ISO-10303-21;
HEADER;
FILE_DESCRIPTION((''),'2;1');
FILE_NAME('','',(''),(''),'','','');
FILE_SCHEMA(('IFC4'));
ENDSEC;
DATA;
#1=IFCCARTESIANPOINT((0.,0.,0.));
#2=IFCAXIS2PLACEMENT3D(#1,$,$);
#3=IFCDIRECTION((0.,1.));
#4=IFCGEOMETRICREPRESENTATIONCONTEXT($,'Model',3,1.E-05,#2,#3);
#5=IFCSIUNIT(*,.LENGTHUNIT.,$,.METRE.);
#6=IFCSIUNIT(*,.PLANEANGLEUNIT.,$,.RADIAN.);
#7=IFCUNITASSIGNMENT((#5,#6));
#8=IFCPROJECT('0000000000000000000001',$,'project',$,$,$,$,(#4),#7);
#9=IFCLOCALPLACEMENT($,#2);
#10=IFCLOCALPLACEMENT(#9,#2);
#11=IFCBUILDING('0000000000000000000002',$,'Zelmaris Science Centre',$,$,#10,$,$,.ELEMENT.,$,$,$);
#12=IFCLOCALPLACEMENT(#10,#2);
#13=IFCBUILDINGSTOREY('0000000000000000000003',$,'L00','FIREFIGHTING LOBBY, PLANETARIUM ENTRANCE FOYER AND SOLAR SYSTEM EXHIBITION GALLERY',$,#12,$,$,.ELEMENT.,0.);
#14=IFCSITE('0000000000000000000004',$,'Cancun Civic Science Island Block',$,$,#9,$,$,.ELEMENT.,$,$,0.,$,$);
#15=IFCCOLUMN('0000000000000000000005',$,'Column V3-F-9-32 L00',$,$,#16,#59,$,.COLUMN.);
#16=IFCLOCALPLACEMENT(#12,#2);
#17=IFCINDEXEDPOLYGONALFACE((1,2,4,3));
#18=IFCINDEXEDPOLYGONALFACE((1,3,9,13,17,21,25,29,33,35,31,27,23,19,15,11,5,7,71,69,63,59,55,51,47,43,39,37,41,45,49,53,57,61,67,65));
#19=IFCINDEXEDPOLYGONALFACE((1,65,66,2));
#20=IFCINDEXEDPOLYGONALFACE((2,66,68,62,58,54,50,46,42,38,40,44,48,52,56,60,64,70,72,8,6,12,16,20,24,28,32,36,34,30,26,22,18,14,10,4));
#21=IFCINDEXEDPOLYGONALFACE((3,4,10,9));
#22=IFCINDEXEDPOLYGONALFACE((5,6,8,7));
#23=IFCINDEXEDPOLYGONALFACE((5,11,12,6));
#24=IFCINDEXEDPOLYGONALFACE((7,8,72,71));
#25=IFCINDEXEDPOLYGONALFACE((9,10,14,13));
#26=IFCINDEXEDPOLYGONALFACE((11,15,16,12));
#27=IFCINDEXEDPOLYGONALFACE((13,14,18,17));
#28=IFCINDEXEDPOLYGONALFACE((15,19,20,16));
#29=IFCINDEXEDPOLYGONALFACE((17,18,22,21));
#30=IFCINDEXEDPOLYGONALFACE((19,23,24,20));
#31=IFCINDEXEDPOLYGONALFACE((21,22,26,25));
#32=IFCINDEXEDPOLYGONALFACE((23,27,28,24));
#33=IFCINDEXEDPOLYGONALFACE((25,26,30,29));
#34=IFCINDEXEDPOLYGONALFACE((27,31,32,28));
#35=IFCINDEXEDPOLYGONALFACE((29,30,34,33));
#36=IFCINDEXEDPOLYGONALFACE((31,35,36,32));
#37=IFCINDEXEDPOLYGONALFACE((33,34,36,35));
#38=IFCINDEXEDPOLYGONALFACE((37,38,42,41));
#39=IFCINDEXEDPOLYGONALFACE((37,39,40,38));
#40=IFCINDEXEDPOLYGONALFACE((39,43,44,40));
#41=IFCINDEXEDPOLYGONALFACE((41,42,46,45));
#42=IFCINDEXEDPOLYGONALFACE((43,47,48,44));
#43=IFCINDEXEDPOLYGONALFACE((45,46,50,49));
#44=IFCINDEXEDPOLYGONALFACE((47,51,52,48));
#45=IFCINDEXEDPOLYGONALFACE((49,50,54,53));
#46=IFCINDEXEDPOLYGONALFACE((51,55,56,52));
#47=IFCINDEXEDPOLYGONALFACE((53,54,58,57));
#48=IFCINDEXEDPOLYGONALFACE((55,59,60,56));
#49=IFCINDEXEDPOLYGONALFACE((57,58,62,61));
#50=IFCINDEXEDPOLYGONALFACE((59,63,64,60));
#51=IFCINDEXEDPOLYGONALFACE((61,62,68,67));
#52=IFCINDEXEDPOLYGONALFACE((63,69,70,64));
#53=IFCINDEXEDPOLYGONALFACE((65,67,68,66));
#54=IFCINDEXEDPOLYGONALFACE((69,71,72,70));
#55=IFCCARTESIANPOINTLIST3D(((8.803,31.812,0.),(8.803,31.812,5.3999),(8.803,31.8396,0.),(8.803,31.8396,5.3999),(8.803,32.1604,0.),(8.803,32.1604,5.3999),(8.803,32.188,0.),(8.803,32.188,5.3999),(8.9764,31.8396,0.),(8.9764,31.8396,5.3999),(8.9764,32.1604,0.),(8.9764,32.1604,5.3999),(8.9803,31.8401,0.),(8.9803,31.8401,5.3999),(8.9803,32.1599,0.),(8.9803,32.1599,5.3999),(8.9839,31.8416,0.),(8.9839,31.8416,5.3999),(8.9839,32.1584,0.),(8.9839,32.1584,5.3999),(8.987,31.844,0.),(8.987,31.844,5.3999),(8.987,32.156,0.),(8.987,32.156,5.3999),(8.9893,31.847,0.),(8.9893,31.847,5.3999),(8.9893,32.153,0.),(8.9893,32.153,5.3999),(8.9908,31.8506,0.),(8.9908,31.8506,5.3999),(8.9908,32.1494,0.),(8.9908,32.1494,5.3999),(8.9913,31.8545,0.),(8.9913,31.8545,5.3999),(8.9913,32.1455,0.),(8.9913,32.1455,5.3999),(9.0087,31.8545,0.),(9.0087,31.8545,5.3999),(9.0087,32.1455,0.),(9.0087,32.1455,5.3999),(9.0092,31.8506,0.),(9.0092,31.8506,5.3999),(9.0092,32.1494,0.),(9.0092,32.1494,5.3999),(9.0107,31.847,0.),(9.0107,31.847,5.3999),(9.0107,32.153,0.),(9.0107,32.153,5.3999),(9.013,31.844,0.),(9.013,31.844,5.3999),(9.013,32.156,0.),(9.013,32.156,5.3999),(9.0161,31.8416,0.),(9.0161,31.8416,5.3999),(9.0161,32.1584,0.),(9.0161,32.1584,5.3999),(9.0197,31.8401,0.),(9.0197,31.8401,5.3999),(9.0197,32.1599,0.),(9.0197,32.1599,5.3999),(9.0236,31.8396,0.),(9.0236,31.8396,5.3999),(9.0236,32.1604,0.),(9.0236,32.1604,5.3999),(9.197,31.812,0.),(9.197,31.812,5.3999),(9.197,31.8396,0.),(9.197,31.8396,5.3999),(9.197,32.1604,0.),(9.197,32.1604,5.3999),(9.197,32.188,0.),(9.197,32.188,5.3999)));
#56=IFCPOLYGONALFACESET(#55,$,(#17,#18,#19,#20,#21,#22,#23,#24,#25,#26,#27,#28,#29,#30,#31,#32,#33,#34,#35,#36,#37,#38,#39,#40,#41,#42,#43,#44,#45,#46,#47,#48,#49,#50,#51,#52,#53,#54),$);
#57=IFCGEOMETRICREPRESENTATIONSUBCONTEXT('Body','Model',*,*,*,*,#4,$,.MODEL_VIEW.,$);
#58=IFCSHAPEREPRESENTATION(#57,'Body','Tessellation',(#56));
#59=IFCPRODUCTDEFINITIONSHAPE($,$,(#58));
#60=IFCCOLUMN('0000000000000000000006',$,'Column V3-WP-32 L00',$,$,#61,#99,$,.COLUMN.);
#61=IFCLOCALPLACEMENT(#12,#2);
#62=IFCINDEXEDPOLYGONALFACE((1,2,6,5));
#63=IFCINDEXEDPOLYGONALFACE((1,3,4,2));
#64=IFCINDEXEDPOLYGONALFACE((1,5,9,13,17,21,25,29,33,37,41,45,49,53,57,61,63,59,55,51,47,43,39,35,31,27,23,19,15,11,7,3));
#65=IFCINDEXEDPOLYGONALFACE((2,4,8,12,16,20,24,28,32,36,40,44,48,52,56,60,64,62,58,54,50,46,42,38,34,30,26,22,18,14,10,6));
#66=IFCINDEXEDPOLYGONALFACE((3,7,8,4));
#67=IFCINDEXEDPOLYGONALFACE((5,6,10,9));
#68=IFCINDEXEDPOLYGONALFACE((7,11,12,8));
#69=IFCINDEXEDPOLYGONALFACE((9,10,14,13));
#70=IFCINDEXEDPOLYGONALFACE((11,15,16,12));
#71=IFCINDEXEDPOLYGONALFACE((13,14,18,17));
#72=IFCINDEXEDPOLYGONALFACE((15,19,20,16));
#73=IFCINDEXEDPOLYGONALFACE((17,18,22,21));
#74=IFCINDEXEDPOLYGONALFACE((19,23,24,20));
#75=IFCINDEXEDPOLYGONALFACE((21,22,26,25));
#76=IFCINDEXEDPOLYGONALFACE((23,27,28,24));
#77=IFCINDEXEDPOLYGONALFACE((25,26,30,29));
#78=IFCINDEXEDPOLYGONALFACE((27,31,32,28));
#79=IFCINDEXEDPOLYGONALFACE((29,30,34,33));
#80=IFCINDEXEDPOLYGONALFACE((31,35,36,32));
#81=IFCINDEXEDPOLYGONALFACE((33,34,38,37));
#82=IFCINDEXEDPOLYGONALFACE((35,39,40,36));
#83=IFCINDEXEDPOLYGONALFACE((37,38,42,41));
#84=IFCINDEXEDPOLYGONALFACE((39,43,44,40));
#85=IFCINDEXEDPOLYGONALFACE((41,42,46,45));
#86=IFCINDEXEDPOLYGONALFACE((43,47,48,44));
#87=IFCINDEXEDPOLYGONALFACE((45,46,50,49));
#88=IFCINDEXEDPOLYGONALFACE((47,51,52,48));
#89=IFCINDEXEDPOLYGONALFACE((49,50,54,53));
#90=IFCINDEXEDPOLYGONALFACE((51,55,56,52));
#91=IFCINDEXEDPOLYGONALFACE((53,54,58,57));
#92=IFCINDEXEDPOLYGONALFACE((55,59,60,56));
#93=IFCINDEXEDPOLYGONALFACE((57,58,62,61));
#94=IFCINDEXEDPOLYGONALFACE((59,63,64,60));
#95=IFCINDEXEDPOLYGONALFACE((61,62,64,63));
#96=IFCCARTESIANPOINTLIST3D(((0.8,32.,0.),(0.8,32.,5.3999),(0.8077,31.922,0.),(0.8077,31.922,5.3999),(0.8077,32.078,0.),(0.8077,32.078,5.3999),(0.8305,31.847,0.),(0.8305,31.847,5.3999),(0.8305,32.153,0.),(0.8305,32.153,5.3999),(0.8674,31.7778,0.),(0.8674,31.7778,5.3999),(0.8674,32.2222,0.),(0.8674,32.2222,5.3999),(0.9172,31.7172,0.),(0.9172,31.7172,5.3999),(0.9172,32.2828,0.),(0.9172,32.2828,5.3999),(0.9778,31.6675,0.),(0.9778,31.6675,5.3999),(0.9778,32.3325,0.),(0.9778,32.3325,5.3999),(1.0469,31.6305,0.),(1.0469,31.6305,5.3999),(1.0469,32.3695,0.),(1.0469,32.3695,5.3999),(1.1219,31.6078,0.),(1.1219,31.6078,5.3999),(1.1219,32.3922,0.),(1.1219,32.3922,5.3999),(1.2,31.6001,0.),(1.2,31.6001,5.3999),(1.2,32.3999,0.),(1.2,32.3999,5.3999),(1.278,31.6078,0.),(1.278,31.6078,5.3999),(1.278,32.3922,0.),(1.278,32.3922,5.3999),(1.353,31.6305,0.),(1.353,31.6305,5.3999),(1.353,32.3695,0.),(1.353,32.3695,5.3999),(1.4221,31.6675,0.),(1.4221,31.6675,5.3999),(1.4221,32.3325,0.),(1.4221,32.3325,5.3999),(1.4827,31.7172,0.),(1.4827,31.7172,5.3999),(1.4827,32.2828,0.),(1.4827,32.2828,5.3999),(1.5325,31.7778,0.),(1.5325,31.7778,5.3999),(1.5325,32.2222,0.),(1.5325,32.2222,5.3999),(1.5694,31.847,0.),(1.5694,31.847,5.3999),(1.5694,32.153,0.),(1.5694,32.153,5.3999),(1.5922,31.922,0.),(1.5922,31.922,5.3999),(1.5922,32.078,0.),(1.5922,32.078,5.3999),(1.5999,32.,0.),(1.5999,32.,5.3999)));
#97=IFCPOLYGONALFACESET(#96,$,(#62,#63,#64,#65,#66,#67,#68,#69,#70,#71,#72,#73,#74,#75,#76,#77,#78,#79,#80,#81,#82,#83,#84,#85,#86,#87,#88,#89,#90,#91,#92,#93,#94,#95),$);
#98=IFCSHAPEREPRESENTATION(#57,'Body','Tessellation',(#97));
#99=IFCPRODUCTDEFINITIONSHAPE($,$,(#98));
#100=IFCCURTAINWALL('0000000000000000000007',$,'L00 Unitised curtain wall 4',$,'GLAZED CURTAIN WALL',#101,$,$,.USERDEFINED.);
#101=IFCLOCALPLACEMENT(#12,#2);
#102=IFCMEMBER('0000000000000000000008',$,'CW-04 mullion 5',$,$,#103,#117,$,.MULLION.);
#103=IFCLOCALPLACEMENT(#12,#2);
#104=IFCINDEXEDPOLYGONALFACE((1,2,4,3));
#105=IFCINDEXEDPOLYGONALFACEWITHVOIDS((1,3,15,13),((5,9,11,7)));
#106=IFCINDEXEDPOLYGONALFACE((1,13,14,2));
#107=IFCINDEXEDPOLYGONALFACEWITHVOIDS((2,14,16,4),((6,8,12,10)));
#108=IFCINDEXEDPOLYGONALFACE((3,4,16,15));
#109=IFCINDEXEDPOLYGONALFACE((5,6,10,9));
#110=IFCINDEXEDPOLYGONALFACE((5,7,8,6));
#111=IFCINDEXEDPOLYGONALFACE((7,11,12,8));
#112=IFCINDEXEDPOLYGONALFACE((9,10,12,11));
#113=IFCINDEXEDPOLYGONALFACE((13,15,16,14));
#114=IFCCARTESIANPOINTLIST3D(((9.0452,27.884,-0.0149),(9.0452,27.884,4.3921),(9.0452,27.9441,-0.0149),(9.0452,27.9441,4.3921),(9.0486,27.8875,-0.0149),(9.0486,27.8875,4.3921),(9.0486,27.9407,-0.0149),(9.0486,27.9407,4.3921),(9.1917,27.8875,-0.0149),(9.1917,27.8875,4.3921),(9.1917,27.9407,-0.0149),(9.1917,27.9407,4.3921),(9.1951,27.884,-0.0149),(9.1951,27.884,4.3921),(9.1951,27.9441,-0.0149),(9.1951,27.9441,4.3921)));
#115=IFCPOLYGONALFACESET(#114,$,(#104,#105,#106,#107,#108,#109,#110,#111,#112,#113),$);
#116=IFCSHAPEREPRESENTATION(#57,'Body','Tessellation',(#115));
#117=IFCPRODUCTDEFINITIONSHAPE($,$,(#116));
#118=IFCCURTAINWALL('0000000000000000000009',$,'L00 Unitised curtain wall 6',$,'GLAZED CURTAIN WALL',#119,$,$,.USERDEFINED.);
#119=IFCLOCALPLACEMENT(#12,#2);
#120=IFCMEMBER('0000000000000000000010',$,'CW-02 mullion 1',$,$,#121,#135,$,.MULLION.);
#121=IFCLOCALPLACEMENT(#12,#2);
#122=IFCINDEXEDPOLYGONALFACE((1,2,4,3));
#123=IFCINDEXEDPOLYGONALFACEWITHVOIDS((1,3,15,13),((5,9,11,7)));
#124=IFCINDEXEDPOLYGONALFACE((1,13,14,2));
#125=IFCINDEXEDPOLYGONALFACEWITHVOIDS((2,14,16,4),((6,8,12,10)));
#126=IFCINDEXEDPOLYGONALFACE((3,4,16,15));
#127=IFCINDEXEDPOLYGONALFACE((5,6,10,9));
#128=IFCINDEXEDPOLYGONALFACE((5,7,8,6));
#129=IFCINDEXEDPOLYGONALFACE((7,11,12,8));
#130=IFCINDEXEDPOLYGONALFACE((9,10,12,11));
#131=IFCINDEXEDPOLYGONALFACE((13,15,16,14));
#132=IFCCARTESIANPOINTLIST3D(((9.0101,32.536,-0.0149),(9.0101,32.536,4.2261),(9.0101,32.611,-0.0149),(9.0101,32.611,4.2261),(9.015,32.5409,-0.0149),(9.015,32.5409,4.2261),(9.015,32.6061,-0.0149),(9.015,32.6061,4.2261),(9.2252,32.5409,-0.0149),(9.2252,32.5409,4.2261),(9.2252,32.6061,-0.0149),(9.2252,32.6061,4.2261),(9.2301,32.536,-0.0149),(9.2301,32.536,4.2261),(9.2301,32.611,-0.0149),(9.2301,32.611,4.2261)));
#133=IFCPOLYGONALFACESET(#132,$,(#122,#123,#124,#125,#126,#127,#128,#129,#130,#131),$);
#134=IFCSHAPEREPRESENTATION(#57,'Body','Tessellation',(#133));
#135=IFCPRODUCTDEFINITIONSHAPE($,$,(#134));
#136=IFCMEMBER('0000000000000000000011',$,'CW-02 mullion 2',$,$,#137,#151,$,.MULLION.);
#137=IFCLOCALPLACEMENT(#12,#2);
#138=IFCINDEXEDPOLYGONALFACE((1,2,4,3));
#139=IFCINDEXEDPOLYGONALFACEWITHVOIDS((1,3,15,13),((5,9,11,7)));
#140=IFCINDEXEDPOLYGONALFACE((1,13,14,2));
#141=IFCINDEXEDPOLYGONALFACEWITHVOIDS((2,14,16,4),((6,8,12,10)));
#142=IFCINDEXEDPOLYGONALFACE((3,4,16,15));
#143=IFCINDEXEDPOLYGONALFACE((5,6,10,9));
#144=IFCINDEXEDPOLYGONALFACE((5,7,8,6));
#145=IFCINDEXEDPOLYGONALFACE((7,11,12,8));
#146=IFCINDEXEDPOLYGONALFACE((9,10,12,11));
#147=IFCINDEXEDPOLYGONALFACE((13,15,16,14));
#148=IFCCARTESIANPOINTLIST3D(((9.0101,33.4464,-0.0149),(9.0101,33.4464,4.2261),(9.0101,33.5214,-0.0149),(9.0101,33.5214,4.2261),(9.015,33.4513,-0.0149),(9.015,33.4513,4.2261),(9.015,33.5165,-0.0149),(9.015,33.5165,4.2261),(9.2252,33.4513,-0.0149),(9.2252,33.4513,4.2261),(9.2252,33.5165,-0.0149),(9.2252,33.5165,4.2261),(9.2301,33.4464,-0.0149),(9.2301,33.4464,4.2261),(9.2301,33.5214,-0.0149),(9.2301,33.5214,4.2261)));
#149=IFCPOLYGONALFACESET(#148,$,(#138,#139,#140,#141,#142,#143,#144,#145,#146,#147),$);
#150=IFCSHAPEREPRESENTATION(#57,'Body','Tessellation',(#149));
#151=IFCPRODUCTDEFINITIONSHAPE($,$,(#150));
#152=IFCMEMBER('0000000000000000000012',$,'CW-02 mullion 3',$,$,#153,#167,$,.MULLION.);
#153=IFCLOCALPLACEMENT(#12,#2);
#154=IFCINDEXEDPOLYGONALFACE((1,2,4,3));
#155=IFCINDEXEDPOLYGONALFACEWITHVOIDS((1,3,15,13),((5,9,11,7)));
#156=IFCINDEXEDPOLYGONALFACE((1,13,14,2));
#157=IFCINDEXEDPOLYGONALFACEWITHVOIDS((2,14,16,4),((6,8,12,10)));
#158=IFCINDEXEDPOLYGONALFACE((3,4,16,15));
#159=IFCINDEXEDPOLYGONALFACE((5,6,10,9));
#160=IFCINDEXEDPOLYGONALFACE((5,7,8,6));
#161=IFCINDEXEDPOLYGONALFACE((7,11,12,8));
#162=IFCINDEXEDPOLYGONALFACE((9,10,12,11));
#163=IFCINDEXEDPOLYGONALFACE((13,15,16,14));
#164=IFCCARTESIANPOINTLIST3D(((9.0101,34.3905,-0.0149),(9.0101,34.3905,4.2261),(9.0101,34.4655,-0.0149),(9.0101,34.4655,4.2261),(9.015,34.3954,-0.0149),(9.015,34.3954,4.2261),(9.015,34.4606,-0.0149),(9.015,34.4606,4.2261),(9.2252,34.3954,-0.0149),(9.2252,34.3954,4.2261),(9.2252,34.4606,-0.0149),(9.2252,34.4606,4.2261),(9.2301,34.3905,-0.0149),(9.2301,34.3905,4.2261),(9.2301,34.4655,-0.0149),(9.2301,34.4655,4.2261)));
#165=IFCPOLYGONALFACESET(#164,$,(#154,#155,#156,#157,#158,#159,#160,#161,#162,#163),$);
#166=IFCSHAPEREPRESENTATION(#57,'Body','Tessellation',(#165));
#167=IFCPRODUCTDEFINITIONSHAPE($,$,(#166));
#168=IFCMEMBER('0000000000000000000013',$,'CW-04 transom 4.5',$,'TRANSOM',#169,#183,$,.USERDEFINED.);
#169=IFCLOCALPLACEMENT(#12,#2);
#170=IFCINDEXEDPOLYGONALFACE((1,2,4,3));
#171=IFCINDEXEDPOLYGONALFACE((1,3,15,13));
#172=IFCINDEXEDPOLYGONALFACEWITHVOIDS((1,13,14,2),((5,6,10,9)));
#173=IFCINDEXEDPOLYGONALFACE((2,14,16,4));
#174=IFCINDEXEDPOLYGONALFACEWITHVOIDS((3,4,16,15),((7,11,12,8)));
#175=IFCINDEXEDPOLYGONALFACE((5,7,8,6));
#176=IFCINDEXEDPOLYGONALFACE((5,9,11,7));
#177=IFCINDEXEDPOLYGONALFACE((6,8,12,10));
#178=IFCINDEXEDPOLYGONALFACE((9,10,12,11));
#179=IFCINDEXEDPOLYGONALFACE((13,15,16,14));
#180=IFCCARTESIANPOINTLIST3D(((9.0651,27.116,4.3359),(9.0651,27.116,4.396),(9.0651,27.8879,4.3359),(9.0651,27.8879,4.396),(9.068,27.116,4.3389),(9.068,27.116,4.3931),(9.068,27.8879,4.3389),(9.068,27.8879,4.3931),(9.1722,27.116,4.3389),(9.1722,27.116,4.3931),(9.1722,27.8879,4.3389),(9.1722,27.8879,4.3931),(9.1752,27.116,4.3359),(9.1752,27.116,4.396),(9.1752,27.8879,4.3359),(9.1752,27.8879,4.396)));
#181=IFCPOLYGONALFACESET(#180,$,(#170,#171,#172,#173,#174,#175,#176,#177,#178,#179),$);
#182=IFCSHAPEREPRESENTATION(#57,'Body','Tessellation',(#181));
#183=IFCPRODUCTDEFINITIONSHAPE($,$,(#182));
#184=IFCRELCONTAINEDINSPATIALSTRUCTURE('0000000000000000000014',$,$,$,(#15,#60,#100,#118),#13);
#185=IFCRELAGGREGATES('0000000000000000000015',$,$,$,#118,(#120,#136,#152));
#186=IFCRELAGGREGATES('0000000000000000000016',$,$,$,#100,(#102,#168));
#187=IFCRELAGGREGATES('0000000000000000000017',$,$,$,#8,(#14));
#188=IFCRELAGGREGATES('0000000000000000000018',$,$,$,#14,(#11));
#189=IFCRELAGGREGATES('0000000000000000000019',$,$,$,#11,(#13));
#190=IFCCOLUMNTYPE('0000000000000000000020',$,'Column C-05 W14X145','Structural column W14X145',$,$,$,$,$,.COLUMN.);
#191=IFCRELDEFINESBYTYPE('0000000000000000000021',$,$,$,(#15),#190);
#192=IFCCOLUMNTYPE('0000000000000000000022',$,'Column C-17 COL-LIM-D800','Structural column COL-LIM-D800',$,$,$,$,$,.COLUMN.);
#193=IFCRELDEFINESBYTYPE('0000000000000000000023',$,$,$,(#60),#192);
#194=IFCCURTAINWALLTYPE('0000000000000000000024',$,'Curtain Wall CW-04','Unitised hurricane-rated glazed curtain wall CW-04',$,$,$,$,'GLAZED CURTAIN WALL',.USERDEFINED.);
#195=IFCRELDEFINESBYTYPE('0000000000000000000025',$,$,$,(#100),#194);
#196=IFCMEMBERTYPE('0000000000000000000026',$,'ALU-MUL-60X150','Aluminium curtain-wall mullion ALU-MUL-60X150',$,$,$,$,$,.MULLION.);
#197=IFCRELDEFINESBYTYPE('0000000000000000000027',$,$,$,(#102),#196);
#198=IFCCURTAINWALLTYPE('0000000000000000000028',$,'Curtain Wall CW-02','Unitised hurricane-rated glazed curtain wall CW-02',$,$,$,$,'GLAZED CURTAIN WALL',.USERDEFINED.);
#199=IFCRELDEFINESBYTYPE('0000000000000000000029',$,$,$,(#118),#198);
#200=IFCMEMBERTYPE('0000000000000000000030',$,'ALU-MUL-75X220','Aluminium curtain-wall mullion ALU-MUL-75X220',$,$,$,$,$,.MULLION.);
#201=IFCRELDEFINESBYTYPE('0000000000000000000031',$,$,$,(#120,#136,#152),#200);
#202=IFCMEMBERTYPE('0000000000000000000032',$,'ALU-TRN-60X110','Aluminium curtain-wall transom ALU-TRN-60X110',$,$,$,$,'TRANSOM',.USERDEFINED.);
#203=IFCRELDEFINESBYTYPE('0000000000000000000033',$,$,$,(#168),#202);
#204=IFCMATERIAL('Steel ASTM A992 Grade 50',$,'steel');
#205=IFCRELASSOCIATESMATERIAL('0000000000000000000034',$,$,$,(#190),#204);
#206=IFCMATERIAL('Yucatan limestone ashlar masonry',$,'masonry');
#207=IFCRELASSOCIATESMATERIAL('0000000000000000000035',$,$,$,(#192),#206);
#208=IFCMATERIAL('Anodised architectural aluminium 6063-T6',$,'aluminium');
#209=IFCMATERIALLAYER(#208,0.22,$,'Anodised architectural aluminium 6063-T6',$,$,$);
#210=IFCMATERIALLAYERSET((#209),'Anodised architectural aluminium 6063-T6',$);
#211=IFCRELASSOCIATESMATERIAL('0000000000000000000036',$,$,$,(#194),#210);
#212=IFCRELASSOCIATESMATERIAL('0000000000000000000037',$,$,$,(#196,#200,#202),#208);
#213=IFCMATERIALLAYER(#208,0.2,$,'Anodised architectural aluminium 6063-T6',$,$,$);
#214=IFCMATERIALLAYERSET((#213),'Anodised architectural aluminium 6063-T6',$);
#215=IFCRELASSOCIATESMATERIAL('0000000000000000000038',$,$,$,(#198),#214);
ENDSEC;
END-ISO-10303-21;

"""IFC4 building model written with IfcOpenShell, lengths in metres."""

from ifc_helpers import new_model, si_unit, direction, frame, origin, origin_2d, place, context, subcontext, project, spatial, hollow_rectangle, circle, i_section, extrude, material, layer, layer_set, material_profile, profile_set, type_object, element, aggregate, save


model = new_model("IFC4")

# Units and contexts
model_context = context("Model", 3, precision=1e-05, world=origin(), true_north=direction((0.0, 1.0)))
body_context = subcontext(model_context, "Body", "Model", "MODEL_VIEW")
ifc_project = project(units=[si_unit("LENGTHUNIT", "METRE"), si_unit("PLANEANGLEUNIT", "RADIAN")], contexts=[model_context])

# Site, building, storey
site_placement = place(None, origin())
site = spatial("IfcSite", under=ifc_project, at=site_placement, Name="Cancun Civic Science Island Block", CompositionType="ELEMENT", RefElevation=0.0)
building_placement = place(site_placement, origin())
building = spatial("IfcBuilding", under=site, at=building_placement, Name="Zelmaris Science Centre", CompositionType="ELEMENT")
storey_placement = place(building_placement, origin())
storey = spatial("IfcBuildingStorey", under=building, at=storey_placement, Name="L00", Description="FIREFIGHTING LOBBY, PLANETARIUM ENTRANCE FOYER AND SOLAR SYSTEM EXHIBITION GALLERY", CompositionType="ELEMENT", Elevation=0.0)

# Columns
ifc_material_1 = material(Name="Steel ASTM A992 Grade 50", Category="steel")
ifc_material_profile_1 = material_profile(ifc_material_1, i_section(OverallWidth=0.394, OverallDepth=0.376, WebThickness=0.0173, FlangeThickness=0.0276, FilletRadius=0.0149, at=origin_2d()), Name="W14X145")
ifc_profile_set_1 = profile_set([ifc_material_profile_1], Name="Steel ASTM A992 Grade 50")
column_type_1 = type_object("IfcColumnType", Name="Column C-05 W14X145", Description="Structural column W14X145", PredefinedType="COLUMN", material=ifc_profile_set_1)
column_1_placement = place(storey_placement, frame((9.0, 32.0, 0.0), z_axis=(0.0, 0.0, 1.0), x_axis=(1.0, 0.0, 0.0)))
element("IfcColumn", 1, at=column_1_placement, inside=storey, type_object=column_type_1, Name="Column V3-F-9-32 L00", PredefinedType="COLUMN", context=body_context, shape_type="SweptSolid", body=[
    extrude(i_section(OverallWidth=0.394, OverallDepth=0.376, WebThickness=0.0173, FlangeThickness=0.0276, FilletRadius=0.0149, at=origin_2d()), origin(), (0.0, 0.0, 1.0), 5.3999),
])
ifc_material_2 = material(Name="Yucatan limestone ashlar masonry", Category="masonry")
ifc_material_profile_2 = material_profile(ifc_material_2, circle(Radius=0.3999, at=origin_2d()), Name="COL-LIM-D800")
ifc_profile_set_2 = profile_set([ifc_material_profile_2], Name="Yucatan limestone ashlar masonry")
column_type_2 = type_object("IfcColumnType", Name="Column C-17 COL-LIM-D800", Description="Structural column COL-LIM-D800", PredefinedType="COLUMN", material=ifc_profile_set_2)
column_2_placement = place(storey_placement, frame((1.2, 32.0, 0.0), z_axis=(0.0, 0.0, 1.0), x_axis=(1.0, 0.0, 0.0)))
element("IfcColumn", 2, at=column_2_placement, inside=storey, type_object=column_type_2, Name="Column V3-WP-32 L00", PredefinedType="COLUMN", context=body_context, shape_type="SweptSolid", body=[
    extrude(circle(Radius=0.3999, at=origin_2d()), origin(), (0.0, 0.0, 1.0), 5.3999),
])

# Curtain wall, member
ifc_material_3 = material(Name="Anodised architectural aluminium 6063-T6", Category="aluminium")
ifc_layer_1 = layer(ifc_material_3, 0.22, Name="Anodised architectural aluminium 6063-T6")
ifc_layer_set_1 = layer_set([ifc_layer_1], Name="Anodised architectural aluminium 6063-T6")
curtain_wall_type_1 = type_object("IfcCurtainWallType", Name="Curtain Wall CW-04", Description="Unitised hurricane-rated glazed curtain wall CW-04", ElementType="GLAZED CURTAIN WALL", PredefinedType="USERDEFINED", material=ifc_layer_set_1)
curtain_wall_1_placement = place(storey_placement, origin())
curtain_wall_1 = element("IfcCurtainWall", 3, at=curtain_wall_1_placement, inside=storey, type_object=curtain_wall_type_1, Name="L00 Unitised curtain wall 4", ObjectType="GLAZED CURTAIN WALL", PredefinedType="USERDEFINED")
ifc_material_profile_3 = material_profile(ifc_material_3, hollow_rectangle(XDim=0.0601, YDim=0.1499, WallThickness=0.0034, at=origin_2d()), Name="ALU-MUL-60X150")
ifc_profile_set_3 = profile_set([ifc_material_profile_3], Name="Anodised architectural aluminium 6063-T6")
member_type_1 = type_object("IfcMemberType", Name="ALU-MUL-60X150", Description="Aluminium curtain-wall mullion ALU-MUL-60X150", PredefinedType="MULLION", material=ifc_profile_set_3)
member_1_placement = place(storey_placement, frame((9.1201, 27.9141, -0.0149), z_axis=(0.0, 0.0, 1.0), x_axis=(0.0, 1.0, 0.0)))
member_1 = element("IfcMember", 4, at=member_1_placement, type_object=member_type_1, Name="CW-04 mullion 5", PredefinedType="MULLION", context=body_context, shape_type="SweptSolid", body=[
    extrude(hollow_rectangle(XDim=0.0601, YDim=0.1499, WallThickness=0.0034, at=origin_2d()), origin(), (0.0, 0.0, 1.0), 4.407),
])

# Curtain wall, members
ifc_layer_2 = layer(ifc_material_3, 0.2, Name="Anodised architectural aluminium 6063-T6")
ifc_layer_set_2 = layer_set([ifc_layer_2], Name="Anodised architectural aluminium 6063-T6")
curtain_wall_type_2 = type_object("IfcCurtainWallType", Name="Curtain Wall CW-02", Description="Unitised hurricane-rated glazed curtain wall CW-02", ElementType="GLAZED CURTAIN WALL", PredefinedType="USERDEFINED", material=ifc_layer_set_2)
curtain_wall_2_placement = place(storey_placement, origin())
curtain_wall_2 = element("IfcCurtainWall", 5, at=curtain_wall_2_placement, inside=storey, type_object=curtain_wall_type_2, Name="L00 Unitised curtain wall 6", ObjectType="GLAZED CURTAIN WALL", PredefinedType="USERDEFINED")
ifc_material_profile_4 = material_profile(ifc_material_3, hollow_rectangle(XDim=0.075, YDim=0.22, WallThickness=0.0049, at=origin_2d()), Name="ALU-MUL-75X220")
ifc_profile_set_4 = profile_set([ifc_material_profile_4], Name="Anodised architectural aluminium 6063-T6")
member_type_2 = type_object("IfcMemberType", Name="ALU-MUL-75X220", Description="Aluminium curtain-wall mullion ALU-MUL-75X220", PredefinedType="MULLION", material=ifc_profile_set_4)
member_2_placement = place(storey_placement, frame((9.1201, 32.5735, -0.0149), z_axis=(0.0, 0.0, 1.0), x_axis=(0.0, 1.0, 0.0)))
member_2 = element("IfcMember", 6, at=member_2_placement, type_object=member_type_2, Name="CW-02 mullion 1", PredefinedType="MULLION", context=body_context, shape_type="SweptSolid", body=[
    extrude(hollow_rectangle(XDim=0.075, YDim=0.22, WallThickness=0.0049, at=origin_2d()), origin(), (0.0, 0.0, 1.0), 4.241),
])
member_3_placement = place(storey_placement, frame((9.1201, 33.4839, -0.0149), z_axis=(0.0, 0.0, 1.0), x_axis=(0.0, 1.0, 0.0)))
member_3 = element("IfcMember", 7, at=member_3_placement, type_object=member_type_2, Name="CW-02 mullion 2", PredefinedType="MULLION", context=body_context, shape_type="SweptSolid", body=[
    extrude(hollow_rectangle(XDim=0.075, YDim=0.22, WallThickness=0.0049, at=origin_2d()), origin(), (0.0, 0.0, 1.0), 4.241),
])
member_4_placement = place(storey_placement, frame((9.1201, 34.428, -0.0149), z_axis=(0.0, 0.0, 1.0), x_axis=(0.0, 1.0, 0.0)))
member_4 = element("IfcMember", 8, at=member_4_placement, type_object=member_type_2, Name="CW-02 mullion 3", PredefinedType="MULLION", context=body_context, shape_type="SweptSolid", body=[
    extrude(hollow_rectangle(XDim=0.075, YDim=0.22, WallThickness=0.0049, at=origin_2d()), origin(), (0.0, 0.0, 1.0), 4.241),
])

# Member
ifc_material_profile_5 = material_profile(ifc_material_3, hollow_rectangle(XDim=0.0601, YDim=0.1101, WallThickness=0.0029, at=origin_2d()), Name="ALU-TRN-60X110")
ifc_profile_set_5 = profile_set([ifc_material_profile_5], Name="Anodised architectural aluminium 6063-T6")
member_type_3 = type_object("IfcMemberType", Name="ALU-TRN-60X110", Description="Aluminium curtain-wall transom ALU-TRN-60X110", ElementType="TRANSOM", PredefinedType="USERDEFINED", material=ifc_profile_set_5)
member_5_placement = place(storey_placement, frame((9.1201, 27.116, 4.366), z_axis=(0.0, 1.0, 0.0), x_axis=(0.0, 0.0, 1.0)))
member_5 = element("IfcMember", 9, at=member_5_placement, type_object=member_type_3, Name="CW-04 transom 4.5", ObjectType="TRANSOM", PredefinedType="USERDEFINED", context=body_context, shape_type="SweptSolid", body=[
    extrude(hollow_rectangle(XDim=0.0601, YDim=0.1101, WallThickness=0.0029, at=origin_2d()), origin(), (0.0, 0.0, 1.0), 0.772),
])

aggregate(curtain_wall_2, [member_2, member_3, member_4])
aggregate(curtain_wall_1, [member_1, member_5])

save(model, "model.ifc")
